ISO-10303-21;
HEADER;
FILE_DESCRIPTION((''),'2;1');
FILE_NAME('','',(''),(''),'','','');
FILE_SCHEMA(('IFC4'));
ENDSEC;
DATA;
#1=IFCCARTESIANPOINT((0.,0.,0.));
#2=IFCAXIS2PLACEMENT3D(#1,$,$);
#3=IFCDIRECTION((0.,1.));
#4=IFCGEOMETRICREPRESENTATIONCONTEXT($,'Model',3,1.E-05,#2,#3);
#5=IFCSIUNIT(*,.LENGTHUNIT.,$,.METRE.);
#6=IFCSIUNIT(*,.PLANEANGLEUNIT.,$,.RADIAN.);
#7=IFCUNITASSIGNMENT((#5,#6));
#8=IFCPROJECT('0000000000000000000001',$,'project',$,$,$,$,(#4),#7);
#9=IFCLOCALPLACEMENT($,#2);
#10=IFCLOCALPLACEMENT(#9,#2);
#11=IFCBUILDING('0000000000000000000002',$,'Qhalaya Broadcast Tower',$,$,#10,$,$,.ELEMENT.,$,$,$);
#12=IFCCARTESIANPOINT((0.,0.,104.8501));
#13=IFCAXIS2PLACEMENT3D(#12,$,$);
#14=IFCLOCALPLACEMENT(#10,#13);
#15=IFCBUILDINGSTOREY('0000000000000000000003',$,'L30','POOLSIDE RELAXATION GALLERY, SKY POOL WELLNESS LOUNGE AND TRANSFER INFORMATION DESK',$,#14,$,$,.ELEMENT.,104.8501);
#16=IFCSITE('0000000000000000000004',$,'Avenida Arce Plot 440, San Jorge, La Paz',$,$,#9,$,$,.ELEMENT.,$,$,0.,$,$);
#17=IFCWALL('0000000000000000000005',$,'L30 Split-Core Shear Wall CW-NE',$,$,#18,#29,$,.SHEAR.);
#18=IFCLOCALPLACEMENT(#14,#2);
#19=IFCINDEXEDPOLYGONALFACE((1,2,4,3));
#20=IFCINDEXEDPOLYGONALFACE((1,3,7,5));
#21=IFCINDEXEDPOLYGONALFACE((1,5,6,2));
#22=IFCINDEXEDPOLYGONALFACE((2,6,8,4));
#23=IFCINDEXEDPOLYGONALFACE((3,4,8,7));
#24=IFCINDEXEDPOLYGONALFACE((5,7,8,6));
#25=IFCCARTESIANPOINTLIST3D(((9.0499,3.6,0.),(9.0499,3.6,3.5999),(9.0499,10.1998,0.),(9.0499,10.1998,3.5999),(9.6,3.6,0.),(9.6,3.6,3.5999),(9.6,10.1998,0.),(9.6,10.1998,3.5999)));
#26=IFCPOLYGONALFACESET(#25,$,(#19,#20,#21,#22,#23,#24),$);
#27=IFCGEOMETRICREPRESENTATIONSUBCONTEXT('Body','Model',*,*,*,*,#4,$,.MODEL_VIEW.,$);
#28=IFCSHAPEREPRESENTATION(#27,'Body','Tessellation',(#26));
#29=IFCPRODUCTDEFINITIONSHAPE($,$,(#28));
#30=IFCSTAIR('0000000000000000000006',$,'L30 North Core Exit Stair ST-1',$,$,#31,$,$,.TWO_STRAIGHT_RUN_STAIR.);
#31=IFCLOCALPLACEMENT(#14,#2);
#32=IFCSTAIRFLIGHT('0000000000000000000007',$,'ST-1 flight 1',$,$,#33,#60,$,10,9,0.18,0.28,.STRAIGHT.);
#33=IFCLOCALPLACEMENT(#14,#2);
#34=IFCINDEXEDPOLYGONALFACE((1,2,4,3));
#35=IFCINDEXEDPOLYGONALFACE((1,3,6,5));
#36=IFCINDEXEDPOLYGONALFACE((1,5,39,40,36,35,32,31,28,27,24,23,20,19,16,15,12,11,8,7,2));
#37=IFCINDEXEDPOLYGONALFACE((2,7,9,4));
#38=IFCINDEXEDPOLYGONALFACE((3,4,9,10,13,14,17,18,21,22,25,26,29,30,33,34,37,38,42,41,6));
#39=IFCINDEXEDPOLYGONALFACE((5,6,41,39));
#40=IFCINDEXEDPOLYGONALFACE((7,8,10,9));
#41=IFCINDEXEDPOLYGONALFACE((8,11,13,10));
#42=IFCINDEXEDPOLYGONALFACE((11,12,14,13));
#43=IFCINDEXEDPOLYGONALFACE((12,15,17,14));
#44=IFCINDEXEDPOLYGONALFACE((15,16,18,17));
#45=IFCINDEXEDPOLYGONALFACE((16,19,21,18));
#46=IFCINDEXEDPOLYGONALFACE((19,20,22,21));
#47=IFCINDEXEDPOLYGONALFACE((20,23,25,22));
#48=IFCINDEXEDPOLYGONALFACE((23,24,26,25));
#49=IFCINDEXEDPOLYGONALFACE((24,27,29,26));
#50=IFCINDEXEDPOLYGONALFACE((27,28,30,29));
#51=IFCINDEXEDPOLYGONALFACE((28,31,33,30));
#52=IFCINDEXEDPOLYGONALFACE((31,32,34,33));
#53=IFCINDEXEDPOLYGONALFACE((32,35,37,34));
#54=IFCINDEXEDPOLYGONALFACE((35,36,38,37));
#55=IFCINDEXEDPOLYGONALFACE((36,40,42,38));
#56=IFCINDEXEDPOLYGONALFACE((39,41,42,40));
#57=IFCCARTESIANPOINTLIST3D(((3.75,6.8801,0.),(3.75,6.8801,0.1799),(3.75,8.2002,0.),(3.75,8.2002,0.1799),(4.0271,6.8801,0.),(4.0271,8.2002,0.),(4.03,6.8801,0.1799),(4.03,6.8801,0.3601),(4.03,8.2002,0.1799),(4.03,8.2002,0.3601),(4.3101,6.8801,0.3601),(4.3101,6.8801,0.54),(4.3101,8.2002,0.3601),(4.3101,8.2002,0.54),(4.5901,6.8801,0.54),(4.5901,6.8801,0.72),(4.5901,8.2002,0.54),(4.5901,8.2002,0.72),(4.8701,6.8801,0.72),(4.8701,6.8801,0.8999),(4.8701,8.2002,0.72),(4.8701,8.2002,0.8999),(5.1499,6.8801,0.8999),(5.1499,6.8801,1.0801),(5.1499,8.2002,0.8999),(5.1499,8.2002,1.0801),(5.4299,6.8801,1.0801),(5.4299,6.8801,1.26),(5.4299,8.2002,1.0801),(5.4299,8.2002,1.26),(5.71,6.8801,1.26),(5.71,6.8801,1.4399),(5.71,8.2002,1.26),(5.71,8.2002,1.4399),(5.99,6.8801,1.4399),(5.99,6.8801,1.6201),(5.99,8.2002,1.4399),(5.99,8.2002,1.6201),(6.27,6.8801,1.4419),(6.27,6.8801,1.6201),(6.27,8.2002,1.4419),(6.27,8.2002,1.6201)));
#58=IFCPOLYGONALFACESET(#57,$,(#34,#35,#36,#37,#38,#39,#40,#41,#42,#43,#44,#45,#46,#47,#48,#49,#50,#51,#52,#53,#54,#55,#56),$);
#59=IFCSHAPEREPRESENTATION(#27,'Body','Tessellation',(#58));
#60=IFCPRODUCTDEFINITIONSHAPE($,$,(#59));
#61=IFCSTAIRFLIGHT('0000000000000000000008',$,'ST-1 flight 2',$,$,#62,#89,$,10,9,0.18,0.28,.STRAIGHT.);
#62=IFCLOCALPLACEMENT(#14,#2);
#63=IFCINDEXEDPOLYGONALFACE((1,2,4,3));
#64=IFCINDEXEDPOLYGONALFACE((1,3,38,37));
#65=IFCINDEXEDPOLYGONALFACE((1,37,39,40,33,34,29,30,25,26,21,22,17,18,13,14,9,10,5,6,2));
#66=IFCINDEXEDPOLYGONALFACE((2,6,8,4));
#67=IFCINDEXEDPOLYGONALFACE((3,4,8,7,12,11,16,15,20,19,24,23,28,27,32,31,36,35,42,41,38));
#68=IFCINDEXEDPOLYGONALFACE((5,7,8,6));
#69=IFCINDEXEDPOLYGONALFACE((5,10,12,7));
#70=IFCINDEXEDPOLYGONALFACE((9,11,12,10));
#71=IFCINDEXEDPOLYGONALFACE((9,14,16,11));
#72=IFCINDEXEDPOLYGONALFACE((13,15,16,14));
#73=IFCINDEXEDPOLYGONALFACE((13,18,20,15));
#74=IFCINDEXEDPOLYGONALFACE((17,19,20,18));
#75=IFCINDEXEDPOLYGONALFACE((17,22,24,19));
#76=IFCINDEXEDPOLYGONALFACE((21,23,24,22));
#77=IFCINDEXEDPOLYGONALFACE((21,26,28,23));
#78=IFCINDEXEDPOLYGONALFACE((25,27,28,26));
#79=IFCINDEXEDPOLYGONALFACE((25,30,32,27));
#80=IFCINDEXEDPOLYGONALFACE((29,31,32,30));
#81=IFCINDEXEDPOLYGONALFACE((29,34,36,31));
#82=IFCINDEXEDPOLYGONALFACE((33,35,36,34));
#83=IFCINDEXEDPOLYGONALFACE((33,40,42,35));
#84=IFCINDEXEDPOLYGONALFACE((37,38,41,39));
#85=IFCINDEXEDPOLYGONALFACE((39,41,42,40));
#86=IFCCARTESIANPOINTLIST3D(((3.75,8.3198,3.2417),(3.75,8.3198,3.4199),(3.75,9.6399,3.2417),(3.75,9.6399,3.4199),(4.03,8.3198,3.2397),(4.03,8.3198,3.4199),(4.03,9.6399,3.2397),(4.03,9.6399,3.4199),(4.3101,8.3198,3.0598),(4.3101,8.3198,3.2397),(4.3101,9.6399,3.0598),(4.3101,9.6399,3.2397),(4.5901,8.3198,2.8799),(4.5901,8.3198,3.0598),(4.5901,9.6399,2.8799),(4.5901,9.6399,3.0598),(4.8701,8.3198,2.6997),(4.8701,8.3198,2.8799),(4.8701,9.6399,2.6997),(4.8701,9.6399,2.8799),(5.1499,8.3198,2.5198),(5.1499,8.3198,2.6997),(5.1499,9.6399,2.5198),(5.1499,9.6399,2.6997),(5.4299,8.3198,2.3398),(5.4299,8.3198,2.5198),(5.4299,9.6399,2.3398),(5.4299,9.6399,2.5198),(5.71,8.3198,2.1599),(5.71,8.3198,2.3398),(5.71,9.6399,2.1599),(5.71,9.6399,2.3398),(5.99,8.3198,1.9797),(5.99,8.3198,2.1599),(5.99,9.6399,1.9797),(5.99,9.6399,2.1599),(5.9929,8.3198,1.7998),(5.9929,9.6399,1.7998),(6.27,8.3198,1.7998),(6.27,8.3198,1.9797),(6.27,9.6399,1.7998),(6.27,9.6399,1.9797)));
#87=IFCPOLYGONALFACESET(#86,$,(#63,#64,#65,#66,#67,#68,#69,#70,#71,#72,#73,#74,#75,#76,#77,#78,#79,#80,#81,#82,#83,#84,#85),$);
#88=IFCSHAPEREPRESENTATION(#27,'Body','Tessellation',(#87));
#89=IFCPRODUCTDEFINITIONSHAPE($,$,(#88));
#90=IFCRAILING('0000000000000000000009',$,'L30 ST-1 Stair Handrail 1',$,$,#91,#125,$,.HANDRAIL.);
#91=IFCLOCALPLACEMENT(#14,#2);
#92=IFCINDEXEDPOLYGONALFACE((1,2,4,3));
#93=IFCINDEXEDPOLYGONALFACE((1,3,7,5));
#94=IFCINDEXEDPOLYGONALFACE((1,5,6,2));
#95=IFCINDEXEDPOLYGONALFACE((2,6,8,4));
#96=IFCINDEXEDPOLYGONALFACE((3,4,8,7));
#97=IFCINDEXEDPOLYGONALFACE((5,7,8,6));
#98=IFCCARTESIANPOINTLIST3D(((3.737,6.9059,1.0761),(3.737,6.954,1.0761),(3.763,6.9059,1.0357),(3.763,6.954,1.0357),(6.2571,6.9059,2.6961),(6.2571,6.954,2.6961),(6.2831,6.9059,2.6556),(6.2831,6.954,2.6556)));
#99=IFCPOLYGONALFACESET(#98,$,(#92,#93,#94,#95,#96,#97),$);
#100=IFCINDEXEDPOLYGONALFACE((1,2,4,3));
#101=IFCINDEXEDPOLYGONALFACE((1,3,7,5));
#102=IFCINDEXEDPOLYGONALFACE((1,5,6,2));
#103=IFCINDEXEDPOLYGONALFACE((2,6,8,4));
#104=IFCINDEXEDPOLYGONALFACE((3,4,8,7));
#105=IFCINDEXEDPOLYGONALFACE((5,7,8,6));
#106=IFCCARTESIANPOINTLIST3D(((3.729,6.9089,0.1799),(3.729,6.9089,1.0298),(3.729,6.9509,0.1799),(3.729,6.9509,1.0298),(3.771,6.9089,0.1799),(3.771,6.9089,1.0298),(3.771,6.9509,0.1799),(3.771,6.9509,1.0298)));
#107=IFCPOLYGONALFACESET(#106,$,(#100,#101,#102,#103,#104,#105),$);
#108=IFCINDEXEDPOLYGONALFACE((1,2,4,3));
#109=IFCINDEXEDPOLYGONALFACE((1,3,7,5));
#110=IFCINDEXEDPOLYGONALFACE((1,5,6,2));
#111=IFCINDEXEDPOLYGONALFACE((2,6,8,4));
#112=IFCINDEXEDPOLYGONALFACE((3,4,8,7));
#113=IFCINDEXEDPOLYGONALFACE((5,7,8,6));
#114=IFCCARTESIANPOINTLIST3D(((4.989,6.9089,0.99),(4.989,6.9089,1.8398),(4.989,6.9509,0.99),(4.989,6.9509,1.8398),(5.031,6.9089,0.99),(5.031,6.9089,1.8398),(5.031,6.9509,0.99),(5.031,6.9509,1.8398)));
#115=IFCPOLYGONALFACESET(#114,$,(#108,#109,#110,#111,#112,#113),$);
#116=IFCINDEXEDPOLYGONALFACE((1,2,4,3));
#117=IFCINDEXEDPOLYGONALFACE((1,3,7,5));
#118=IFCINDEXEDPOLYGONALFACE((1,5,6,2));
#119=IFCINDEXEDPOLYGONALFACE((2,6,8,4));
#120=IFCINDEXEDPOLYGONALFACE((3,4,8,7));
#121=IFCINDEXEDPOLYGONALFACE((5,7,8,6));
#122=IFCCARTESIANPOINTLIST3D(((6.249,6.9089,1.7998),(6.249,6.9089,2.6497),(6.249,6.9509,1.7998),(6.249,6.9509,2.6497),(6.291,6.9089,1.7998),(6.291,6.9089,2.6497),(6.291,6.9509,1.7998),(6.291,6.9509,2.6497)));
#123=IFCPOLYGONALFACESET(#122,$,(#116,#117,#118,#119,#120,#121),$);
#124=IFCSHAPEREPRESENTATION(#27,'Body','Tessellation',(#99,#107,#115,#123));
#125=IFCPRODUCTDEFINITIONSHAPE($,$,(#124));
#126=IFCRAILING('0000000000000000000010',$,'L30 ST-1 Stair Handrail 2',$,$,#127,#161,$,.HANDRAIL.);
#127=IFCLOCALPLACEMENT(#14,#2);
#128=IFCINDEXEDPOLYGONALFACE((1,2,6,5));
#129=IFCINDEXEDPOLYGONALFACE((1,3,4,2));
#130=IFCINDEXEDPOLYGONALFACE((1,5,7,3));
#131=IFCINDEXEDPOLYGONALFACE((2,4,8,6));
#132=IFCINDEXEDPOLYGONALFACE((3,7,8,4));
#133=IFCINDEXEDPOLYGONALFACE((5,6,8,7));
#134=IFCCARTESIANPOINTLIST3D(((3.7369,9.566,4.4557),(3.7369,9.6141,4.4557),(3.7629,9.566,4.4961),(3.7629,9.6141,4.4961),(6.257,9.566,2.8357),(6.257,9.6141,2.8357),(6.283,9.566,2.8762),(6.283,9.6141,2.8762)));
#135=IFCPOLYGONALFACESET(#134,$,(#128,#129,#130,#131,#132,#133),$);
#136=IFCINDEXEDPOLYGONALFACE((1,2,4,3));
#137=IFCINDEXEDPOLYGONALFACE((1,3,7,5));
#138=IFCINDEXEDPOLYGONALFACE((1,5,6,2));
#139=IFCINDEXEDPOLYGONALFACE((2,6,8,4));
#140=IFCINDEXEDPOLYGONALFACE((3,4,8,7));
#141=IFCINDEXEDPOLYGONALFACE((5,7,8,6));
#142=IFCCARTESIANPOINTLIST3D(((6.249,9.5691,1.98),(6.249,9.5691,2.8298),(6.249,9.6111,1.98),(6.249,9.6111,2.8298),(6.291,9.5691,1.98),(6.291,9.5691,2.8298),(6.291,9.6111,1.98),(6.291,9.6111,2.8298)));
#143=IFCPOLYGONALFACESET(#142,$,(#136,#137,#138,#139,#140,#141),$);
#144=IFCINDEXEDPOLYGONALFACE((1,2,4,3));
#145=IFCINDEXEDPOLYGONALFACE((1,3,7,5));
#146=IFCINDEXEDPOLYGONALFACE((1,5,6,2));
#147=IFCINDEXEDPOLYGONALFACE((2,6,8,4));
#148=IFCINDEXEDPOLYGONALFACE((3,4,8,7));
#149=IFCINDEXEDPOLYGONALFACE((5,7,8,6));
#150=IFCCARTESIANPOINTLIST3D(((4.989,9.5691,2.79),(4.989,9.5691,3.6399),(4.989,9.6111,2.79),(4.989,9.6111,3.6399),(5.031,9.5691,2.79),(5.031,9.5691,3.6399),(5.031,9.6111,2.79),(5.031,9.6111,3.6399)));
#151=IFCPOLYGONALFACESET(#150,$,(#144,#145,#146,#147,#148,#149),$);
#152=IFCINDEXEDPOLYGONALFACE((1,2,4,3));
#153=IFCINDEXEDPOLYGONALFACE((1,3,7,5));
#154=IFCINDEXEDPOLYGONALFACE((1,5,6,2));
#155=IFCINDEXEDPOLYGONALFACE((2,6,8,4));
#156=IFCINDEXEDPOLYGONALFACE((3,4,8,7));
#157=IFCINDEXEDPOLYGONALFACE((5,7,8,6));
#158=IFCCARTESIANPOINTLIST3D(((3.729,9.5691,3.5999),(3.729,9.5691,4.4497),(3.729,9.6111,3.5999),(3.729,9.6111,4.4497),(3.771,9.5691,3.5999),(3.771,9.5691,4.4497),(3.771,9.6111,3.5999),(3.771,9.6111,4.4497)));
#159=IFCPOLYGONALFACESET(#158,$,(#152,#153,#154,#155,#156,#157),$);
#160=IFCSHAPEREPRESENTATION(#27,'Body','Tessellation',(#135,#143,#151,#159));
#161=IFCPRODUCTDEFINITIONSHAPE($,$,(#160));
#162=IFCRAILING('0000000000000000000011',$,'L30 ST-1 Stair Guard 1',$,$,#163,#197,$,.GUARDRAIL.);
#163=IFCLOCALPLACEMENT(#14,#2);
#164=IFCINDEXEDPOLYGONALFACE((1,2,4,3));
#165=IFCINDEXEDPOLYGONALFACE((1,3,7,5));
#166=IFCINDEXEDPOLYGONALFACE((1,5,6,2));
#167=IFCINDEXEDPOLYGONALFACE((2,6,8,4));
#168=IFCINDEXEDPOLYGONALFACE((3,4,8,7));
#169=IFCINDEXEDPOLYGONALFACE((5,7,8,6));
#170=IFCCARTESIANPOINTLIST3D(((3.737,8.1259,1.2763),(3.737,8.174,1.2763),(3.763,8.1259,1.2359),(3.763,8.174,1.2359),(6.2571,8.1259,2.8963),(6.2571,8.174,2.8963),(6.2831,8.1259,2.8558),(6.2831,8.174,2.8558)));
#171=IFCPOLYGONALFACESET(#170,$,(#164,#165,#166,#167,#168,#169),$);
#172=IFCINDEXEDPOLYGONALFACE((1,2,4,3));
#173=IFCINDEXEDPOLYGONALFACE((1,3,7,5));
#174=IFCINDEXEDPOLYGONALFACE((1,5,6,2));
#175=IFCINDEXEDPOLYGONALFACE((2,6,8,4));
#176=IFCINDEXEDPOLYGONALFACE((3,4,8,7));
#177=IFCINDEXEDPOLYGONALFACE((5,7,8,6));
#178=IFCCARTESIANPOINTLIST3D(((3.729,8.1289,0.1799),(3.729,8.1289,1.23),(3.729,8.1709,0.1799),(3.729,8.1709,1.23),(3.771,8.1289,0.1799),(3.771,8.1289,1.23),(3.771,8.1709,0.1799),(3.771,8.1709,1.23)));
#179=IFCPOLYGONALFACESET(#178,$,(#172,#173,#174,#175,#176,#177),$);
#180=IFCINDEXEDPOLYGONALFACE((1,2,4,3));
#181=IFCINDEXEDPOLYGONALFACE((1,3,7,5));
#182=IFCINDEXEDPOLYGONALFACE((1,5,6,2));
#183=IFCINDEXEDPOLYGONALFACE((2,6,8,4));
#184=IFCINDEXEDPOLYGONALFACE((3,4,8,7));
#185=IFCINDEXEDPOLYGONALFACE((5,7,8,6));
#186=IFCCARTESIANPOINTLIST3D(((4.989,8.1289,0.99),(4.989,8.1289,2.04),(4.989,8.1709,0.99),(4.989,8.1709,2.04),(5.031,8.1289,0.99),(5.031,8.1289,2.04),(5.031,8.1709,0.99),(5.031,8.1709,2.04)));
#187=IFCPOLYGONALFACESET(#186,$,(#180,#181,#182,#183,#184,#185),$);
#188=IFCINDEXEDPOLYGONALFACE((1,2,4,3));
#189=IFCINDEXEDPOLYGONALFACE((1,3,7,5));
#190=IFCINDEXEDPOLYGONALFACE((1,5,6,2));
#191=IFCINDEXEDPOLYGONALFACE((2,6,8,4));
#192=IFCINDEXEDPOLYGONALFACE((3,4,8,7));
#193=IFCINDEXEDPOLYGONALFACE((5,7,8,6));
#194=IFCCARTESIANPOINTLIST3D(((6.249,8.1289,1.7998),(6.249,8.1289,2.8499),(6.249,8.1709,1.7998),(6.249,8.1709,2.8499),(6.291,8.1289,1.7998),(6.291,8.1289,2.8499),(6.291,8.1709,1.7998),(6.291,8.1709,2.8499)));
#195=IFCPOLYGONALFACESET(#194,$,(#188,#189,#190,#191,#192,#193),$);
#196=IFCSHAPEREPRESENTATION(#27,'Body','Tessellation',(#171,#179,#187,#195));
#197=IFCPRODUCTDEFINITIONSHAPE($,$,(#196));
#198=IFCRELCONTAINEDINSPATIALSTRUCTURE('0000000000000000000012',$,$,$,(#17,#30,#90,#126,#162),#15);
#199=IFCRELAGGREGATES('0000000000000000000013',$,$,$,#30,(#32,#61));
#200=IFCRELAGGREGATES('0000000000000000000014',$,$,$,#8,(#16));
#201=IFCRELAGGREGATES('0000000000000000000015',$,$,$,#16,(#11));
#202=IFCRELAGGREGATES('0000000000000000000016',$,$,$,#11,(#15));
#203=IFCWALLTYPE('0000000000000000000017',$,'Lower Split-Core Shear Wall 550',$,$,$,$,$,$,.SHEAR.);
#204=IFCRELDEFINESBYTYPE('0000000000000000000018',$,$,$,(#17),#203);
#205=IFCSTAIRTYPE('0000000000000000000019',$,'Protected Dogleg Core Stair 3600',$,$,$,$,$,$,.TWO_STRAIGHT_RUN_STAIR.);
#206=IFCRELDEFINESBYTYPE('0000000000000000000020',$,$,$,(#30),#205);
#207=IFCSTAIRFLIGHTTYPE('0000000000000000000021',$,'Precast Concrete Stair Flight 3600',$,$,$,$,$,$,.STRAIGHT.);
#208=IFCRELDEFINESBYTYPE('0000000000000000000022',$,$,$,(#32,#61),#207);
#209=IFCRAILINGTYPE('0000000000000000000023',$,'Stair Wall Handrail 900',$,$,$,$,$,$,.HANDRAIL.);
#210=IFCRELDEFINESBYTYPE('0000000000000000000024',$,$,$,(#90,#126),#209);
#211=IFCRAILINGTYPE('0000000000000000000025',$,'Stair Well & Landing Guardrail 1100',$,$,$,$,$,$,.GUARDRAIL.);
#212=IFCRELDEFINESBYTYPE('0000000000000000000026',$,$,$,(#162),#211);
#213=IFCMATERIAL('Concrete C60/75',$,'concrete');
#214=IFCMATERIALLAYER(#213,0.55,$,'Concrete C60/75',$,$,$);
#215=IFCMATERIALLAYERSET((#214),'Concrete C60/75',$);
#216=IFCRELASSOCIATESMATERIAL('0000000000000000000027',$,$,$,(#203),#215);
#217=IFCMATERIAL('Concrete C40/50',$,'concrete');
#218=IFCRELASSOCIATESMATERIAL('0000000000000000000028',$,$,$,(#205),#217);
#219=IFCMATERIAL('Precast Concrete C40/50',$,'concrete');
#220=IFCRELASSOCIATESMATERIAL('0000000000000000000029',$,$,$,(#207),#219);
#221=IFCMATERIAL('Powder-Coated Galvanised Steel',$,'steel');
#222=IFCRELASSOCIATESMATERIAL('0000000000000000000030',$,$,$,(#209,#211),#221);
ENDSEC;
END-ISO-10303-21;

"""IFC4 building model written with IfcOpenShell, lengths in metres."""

from ifc_helpers import new_model, si_unit, direction, frame, frame_2d, origin, origin_2d, place, context, subcontext, project, spatial, polyline, rectangle, outline, extrude, material, layer, layer_set, type_object, element, aggregate, save


model = new_model("IFC4")

# Units and contexts
model_context = context("Model", 3, precision=1e-05, world=origin(), true_north=direction((0.0, 1.0)))
body_context = subcontext(model_context, "Body", "Model", "MODEL_VIEW")
ifc_project = project(units=[si_unit("LENGTHUNIT", "METRE"), si_unit("PLANEANGLEUNIT", "RADIAN")], contexts=[model_context])

# Site, building, storey
site_placement = place(None, origin())
site = spatial("IfcSite", under=ifc_project, at=site_placement, Name="Avenida Arce Plot 440, San Jorge, La Paz", CompositionType="ELEMENT", RefElevation=0.0)
building_placement = place(site_placement, origin())
building = spatial("IfcBuilding", under=site, at=building_placement, Name="Qhalaya Broadcast Tower", CompositionType="ELEMENT")
storey_placement = place(building_placement, frame((0.0, 0.0, 104.8501)))
storey = spatial("IfcBuildingStorey", under=building, at=storey_placement, Name="L30", Description="POOLSIDE RELAXATION GALLERY, SKY POOL WELLNESS LOUNGE AND TRANSFER INFORMATION DESK", CompositionType="ELEMENT", Elevation=104.8501)

# Wall
ifc_material_1 = material(Name="Concrete C60/75", Category="concrete")
ifc_layer_1 = layer(ifc_material_1, 0.55, Name="Concrete C60/75")
ifc_layer_set_1 = layer_set([ifc_layer_1], Name="Concrete C60/75")
wall_type_1 = type_object("IfcWallType", Name="Lower Split-Core Shear Wall 550", PredefinedType="SHEAR", material=ifc_layer_set_1)
wall_1_placement = place(storey_placement, frame((9.325, 3.6001, 0.0), z_axis=(0.0, 0.0, 1.0), x_axis=(0.0, 1.0, 0.0)))
element("IfcWall", 1, at=wall_1_placement, inside=storey, type_object=wall_type_1, Name="L30 Split-Core Shear Wall CW-NE", PredefinedType="SHEAR", context=body_context, shape_type="SweptSolid", body=[
    extrude(rectangle(XDim=6.5999, YDim=0.55, at=frame_2d((3.2998, 0.0))), origin(), (0.0, 0.0, 1.0), 3.5999),
])

# Stair, stair flights
ifc_material_2 = material(Name="Concrete C40/50", Category="concrete")
stair_type = type_object("IfcStairType", Name="Protected Dogleg Core Stair 3600", PredefinedType="TWO_STRAIGHT_RUN_STAIR", material=ifc_material_2)
stair_placement = place(storey_placement, origin())
stair = element("IfcStair", 2, at=stair_placement, inside=storey, type_object=stair_type, Name="L30 North Core Exit Stair ST-1", PredefinedType="TWO_STRAIGHT_RUN_STAIR")
ifc_material_3 = material(Name="Precast Concrete C40/50", Category="concrete")
stair_flight_type = type_object("IfcStairFlightType", Name="Precast Concrete Stair Flight 3600", PredefinedType="STRAIGHT", material=ifc_material_3)
stair_flight_1_placement = place(storey_placement, frame((3.75, 7.54, 0.0), z_axis=(0.0, 0.0, 1.0), x_axis=(1.0, 0.0, 0.0)))
stair_flight_1 = element("IfcStairFlight", 3, at=stair_flight_1_placement, type_object=stair_flight_type, Name="ST-1 flight 1", NumberOfRisers=10, NumberOfTreads=9, PredefinedType="STRAIGHT", RiserHeight=0.18, TreadLength=0.28, context=body_context, shape_type="SweptSolid", body=[
    extrude(outline(polyline([(0.0, 0.0), (0.0, 0.1799), (0.28, 0.1799), (0.28, 0.3601), (0.5601, 0.3601), (0.5601, 0.54), (0.8401, 0.54), (0.8401, 0.72), (1.1201, 0.72), (1.1201, 0.8999), (1.3999, 0.8999), (1.3999, 1.0801), (1.6799, 1.0801), (1.6799, 1.26), (1.96, 1.26), (1.96, 1.4399), (2.24, 1.4399), (2.24, 1.6201), (2.52, 1.6201), (2.52, 1.8), (2.52, 1.4419), (0.2771, 0.0), (0.0, 0.0)])), frame((0.0, 0.6602, 0.0), z_axis=(0.0, -1.0, 0.0), x_axis=(1.0, 0.0, 0.0)), (0.0, 0.0, 1.0), 1.3201),
])
stair_flight_2_placement = place(storey_placement, frame((6.27, 8.98, 1.7998), z_axis=(0.0, 0.0, 1.0), x_axis=(-1.0, 0.0, 0.0)))
stair_flight_2 = element("IfcStairFlight", 4, at=stair_flight_2_placement, type_object=stair_flight_type, Name="ST-1 flight 2", NumberOfRisers=10, NumberOfTreads=9, PredefinedType="STRAIGHT", RiserHeight=0.18, TreadLength=0.28, context=body_context, shape_type="SweptSolid", body=[
    extrude(outline(polyline([(0.0, 0.0), (0.0, 0.1799), (0.28, 0.1799), (0.28, 0.3601), (0.5601, 0.3601), (0.5601, 0.54), (0.8401, 0.54), (0.8401, 0.72), (1.1201, 0.72), (1.1201, 0.8999), (1.3999, 0.8999), (1.3999, 1.0801), (1.6799, 1.0801), (1.6799, 1.26), (1.96, 1.26), (1.96, 1.4399), (2.24, 1.4399), (2.24, 1.6201), (2.52, 1.6201), (2.52, 1.8), (2.52, 1.4419), (0.2771, 0.0), (0.0, 0.0)])), frame((0.0, 0.6602, 0.0), z_axis=(0.0, -1.0, 0.0), x_axis=(1.0, 0.0, 0.0)), (0.0, 0.0, 1.0), 1.3201),
])
aggregate(stair, [stair_flight_1, stair_flight_2])

# Railings
ifc_material_4 = material(Name="Powder-Coated Galvanised Steel", Category="steel")
railing_type_1 = type_object("IfcRailingType", Name="Stair Wall Handrail 900", PredefinedType="HANDRAIL", material=ifc_material_4)
railing_1_placement = place(storey_placement, frame((3.75, 6.9299, 0.1799)))
element("IfcRailing", 5, at=railing_1_placement, inside=storey, type_object=railing_type_1, Name="L30 ST-1 Stair Handrail 1", PredefinedType="HANDRAIL", context=body_context, shape_type="SweptSolid", body=[
    extrude(rectangle(XDim=0.0481, YDim=0.0481, at=origin_2d()), frame((0.0, 0.0, 0.876), z_axis=(0.8412, 0.0, 0.540725), x_axis=(0.0, 1.0, 0.0)), (0.0, 0.0, 1.0), 2.9958),
    extrude(rectangle(XDim=0.042, YDim=0.042, at=origin_2d()), origin(), (0.0, 0.0, 1.0), 0.8499),
    extrude(rectangle(XDim=0.042, YDim=0.042, at=origin_2d()), frame((1.26, 0.0, 0.8101)), (0.0, 0.0, 1.0), 0.8499),
    extrude(rectangle(XDim=0.042, YDim=0.042, at=origin_2d()), frame((2.52, 0.0, 1.6199)), (0.0, 0.0, 1.0), 0.8499),
])
railing_2_placement = place(storey_placement, frame((6.27, 9.5901, 1.98)))
element("IfcRailing", 6, at=railing_2_placement, inside=storey, type_object=railing_type_1, Name="L30 ST-1 Stair Handrail 2", PredefinedType="HANDRAIL", context=body_context, shape_type="SweptSolid", body=[
    extrude(rectangle(XDim=0.0481, YDim=0.0481, at=origin_2d()), frame((0.0, 0.0, 0.876), z_axis=(-0.8412, 0.0, 0.540725), x_axis=(0.0, -1.0, 0.0)), (0.0, 0.0, 1.0), 2.9958),
    extrude(rectangle(XDim=0.042, YDim=0.042, at=origin_2d()), origin(), (0.0, 0.0, 1.0), 0.8499),
    extrude(rectangle(XDim=0.042, YDim=0.042, at=origin_2d()), frame((-1.26, 0.0, 0.8101)), (0.0, 0.0, 1.0), 0.8499),
    extrude(rectangle(XDim=0.042, YDim=0.042, at=origin_2d()), frame((-2.52, 0.0, 1.6199)), (0.0, 0.0, 1.0), 0.8499),
])
railing_type_2 = type_object("IfcRailingType", Name="Stair Well & Landing Guardrail 1100", PredefinedType="GUARDRAIL", material=ifc_material_4)
railing_3_placement = place(storey_placement, frame((3.75, 8.1499, 0.1799)))
element("IfcRailing", 7, at=railing_3_placement, inside=storey, type_object=railing_type_2, Name="L30 ST-1 Stair Guard 1", PredefinedType="GUARDRAIL", context=body_context, shape_type="SweptSolid", body=[
    extrude(rectangle(XDim=0.0481, YDim=0.0481, at=origin_2d()), frame((0.0, 0.0, 1.0762), z_axis=(0.8412, 0.0, 0.540725), x_axis=(0.0, 1.0, 0.0)), (0.0, 0.0, 1.0), 2.9958),
    extrude(rectangle(XDim=0.042, YDim=0.042, at=origin_2d()), origin(), (0.0, 0.0, 1.0), 1.05),
    extrude(rectangle(XDim=0.042, YDim=0.042, at=origin_2d()), frame((1.26, 0.0, 0.8101)), (0.0, 0.0, 1.0), 1.05),
    extrude(rectangle(XDim=0.042, YDim=0.042, at=origin_2d()), frame((2.52, 0.0, 1.6199)), (0.0, 0.0, 1.0), 1.05),
])

save(model, "model.ifc")
